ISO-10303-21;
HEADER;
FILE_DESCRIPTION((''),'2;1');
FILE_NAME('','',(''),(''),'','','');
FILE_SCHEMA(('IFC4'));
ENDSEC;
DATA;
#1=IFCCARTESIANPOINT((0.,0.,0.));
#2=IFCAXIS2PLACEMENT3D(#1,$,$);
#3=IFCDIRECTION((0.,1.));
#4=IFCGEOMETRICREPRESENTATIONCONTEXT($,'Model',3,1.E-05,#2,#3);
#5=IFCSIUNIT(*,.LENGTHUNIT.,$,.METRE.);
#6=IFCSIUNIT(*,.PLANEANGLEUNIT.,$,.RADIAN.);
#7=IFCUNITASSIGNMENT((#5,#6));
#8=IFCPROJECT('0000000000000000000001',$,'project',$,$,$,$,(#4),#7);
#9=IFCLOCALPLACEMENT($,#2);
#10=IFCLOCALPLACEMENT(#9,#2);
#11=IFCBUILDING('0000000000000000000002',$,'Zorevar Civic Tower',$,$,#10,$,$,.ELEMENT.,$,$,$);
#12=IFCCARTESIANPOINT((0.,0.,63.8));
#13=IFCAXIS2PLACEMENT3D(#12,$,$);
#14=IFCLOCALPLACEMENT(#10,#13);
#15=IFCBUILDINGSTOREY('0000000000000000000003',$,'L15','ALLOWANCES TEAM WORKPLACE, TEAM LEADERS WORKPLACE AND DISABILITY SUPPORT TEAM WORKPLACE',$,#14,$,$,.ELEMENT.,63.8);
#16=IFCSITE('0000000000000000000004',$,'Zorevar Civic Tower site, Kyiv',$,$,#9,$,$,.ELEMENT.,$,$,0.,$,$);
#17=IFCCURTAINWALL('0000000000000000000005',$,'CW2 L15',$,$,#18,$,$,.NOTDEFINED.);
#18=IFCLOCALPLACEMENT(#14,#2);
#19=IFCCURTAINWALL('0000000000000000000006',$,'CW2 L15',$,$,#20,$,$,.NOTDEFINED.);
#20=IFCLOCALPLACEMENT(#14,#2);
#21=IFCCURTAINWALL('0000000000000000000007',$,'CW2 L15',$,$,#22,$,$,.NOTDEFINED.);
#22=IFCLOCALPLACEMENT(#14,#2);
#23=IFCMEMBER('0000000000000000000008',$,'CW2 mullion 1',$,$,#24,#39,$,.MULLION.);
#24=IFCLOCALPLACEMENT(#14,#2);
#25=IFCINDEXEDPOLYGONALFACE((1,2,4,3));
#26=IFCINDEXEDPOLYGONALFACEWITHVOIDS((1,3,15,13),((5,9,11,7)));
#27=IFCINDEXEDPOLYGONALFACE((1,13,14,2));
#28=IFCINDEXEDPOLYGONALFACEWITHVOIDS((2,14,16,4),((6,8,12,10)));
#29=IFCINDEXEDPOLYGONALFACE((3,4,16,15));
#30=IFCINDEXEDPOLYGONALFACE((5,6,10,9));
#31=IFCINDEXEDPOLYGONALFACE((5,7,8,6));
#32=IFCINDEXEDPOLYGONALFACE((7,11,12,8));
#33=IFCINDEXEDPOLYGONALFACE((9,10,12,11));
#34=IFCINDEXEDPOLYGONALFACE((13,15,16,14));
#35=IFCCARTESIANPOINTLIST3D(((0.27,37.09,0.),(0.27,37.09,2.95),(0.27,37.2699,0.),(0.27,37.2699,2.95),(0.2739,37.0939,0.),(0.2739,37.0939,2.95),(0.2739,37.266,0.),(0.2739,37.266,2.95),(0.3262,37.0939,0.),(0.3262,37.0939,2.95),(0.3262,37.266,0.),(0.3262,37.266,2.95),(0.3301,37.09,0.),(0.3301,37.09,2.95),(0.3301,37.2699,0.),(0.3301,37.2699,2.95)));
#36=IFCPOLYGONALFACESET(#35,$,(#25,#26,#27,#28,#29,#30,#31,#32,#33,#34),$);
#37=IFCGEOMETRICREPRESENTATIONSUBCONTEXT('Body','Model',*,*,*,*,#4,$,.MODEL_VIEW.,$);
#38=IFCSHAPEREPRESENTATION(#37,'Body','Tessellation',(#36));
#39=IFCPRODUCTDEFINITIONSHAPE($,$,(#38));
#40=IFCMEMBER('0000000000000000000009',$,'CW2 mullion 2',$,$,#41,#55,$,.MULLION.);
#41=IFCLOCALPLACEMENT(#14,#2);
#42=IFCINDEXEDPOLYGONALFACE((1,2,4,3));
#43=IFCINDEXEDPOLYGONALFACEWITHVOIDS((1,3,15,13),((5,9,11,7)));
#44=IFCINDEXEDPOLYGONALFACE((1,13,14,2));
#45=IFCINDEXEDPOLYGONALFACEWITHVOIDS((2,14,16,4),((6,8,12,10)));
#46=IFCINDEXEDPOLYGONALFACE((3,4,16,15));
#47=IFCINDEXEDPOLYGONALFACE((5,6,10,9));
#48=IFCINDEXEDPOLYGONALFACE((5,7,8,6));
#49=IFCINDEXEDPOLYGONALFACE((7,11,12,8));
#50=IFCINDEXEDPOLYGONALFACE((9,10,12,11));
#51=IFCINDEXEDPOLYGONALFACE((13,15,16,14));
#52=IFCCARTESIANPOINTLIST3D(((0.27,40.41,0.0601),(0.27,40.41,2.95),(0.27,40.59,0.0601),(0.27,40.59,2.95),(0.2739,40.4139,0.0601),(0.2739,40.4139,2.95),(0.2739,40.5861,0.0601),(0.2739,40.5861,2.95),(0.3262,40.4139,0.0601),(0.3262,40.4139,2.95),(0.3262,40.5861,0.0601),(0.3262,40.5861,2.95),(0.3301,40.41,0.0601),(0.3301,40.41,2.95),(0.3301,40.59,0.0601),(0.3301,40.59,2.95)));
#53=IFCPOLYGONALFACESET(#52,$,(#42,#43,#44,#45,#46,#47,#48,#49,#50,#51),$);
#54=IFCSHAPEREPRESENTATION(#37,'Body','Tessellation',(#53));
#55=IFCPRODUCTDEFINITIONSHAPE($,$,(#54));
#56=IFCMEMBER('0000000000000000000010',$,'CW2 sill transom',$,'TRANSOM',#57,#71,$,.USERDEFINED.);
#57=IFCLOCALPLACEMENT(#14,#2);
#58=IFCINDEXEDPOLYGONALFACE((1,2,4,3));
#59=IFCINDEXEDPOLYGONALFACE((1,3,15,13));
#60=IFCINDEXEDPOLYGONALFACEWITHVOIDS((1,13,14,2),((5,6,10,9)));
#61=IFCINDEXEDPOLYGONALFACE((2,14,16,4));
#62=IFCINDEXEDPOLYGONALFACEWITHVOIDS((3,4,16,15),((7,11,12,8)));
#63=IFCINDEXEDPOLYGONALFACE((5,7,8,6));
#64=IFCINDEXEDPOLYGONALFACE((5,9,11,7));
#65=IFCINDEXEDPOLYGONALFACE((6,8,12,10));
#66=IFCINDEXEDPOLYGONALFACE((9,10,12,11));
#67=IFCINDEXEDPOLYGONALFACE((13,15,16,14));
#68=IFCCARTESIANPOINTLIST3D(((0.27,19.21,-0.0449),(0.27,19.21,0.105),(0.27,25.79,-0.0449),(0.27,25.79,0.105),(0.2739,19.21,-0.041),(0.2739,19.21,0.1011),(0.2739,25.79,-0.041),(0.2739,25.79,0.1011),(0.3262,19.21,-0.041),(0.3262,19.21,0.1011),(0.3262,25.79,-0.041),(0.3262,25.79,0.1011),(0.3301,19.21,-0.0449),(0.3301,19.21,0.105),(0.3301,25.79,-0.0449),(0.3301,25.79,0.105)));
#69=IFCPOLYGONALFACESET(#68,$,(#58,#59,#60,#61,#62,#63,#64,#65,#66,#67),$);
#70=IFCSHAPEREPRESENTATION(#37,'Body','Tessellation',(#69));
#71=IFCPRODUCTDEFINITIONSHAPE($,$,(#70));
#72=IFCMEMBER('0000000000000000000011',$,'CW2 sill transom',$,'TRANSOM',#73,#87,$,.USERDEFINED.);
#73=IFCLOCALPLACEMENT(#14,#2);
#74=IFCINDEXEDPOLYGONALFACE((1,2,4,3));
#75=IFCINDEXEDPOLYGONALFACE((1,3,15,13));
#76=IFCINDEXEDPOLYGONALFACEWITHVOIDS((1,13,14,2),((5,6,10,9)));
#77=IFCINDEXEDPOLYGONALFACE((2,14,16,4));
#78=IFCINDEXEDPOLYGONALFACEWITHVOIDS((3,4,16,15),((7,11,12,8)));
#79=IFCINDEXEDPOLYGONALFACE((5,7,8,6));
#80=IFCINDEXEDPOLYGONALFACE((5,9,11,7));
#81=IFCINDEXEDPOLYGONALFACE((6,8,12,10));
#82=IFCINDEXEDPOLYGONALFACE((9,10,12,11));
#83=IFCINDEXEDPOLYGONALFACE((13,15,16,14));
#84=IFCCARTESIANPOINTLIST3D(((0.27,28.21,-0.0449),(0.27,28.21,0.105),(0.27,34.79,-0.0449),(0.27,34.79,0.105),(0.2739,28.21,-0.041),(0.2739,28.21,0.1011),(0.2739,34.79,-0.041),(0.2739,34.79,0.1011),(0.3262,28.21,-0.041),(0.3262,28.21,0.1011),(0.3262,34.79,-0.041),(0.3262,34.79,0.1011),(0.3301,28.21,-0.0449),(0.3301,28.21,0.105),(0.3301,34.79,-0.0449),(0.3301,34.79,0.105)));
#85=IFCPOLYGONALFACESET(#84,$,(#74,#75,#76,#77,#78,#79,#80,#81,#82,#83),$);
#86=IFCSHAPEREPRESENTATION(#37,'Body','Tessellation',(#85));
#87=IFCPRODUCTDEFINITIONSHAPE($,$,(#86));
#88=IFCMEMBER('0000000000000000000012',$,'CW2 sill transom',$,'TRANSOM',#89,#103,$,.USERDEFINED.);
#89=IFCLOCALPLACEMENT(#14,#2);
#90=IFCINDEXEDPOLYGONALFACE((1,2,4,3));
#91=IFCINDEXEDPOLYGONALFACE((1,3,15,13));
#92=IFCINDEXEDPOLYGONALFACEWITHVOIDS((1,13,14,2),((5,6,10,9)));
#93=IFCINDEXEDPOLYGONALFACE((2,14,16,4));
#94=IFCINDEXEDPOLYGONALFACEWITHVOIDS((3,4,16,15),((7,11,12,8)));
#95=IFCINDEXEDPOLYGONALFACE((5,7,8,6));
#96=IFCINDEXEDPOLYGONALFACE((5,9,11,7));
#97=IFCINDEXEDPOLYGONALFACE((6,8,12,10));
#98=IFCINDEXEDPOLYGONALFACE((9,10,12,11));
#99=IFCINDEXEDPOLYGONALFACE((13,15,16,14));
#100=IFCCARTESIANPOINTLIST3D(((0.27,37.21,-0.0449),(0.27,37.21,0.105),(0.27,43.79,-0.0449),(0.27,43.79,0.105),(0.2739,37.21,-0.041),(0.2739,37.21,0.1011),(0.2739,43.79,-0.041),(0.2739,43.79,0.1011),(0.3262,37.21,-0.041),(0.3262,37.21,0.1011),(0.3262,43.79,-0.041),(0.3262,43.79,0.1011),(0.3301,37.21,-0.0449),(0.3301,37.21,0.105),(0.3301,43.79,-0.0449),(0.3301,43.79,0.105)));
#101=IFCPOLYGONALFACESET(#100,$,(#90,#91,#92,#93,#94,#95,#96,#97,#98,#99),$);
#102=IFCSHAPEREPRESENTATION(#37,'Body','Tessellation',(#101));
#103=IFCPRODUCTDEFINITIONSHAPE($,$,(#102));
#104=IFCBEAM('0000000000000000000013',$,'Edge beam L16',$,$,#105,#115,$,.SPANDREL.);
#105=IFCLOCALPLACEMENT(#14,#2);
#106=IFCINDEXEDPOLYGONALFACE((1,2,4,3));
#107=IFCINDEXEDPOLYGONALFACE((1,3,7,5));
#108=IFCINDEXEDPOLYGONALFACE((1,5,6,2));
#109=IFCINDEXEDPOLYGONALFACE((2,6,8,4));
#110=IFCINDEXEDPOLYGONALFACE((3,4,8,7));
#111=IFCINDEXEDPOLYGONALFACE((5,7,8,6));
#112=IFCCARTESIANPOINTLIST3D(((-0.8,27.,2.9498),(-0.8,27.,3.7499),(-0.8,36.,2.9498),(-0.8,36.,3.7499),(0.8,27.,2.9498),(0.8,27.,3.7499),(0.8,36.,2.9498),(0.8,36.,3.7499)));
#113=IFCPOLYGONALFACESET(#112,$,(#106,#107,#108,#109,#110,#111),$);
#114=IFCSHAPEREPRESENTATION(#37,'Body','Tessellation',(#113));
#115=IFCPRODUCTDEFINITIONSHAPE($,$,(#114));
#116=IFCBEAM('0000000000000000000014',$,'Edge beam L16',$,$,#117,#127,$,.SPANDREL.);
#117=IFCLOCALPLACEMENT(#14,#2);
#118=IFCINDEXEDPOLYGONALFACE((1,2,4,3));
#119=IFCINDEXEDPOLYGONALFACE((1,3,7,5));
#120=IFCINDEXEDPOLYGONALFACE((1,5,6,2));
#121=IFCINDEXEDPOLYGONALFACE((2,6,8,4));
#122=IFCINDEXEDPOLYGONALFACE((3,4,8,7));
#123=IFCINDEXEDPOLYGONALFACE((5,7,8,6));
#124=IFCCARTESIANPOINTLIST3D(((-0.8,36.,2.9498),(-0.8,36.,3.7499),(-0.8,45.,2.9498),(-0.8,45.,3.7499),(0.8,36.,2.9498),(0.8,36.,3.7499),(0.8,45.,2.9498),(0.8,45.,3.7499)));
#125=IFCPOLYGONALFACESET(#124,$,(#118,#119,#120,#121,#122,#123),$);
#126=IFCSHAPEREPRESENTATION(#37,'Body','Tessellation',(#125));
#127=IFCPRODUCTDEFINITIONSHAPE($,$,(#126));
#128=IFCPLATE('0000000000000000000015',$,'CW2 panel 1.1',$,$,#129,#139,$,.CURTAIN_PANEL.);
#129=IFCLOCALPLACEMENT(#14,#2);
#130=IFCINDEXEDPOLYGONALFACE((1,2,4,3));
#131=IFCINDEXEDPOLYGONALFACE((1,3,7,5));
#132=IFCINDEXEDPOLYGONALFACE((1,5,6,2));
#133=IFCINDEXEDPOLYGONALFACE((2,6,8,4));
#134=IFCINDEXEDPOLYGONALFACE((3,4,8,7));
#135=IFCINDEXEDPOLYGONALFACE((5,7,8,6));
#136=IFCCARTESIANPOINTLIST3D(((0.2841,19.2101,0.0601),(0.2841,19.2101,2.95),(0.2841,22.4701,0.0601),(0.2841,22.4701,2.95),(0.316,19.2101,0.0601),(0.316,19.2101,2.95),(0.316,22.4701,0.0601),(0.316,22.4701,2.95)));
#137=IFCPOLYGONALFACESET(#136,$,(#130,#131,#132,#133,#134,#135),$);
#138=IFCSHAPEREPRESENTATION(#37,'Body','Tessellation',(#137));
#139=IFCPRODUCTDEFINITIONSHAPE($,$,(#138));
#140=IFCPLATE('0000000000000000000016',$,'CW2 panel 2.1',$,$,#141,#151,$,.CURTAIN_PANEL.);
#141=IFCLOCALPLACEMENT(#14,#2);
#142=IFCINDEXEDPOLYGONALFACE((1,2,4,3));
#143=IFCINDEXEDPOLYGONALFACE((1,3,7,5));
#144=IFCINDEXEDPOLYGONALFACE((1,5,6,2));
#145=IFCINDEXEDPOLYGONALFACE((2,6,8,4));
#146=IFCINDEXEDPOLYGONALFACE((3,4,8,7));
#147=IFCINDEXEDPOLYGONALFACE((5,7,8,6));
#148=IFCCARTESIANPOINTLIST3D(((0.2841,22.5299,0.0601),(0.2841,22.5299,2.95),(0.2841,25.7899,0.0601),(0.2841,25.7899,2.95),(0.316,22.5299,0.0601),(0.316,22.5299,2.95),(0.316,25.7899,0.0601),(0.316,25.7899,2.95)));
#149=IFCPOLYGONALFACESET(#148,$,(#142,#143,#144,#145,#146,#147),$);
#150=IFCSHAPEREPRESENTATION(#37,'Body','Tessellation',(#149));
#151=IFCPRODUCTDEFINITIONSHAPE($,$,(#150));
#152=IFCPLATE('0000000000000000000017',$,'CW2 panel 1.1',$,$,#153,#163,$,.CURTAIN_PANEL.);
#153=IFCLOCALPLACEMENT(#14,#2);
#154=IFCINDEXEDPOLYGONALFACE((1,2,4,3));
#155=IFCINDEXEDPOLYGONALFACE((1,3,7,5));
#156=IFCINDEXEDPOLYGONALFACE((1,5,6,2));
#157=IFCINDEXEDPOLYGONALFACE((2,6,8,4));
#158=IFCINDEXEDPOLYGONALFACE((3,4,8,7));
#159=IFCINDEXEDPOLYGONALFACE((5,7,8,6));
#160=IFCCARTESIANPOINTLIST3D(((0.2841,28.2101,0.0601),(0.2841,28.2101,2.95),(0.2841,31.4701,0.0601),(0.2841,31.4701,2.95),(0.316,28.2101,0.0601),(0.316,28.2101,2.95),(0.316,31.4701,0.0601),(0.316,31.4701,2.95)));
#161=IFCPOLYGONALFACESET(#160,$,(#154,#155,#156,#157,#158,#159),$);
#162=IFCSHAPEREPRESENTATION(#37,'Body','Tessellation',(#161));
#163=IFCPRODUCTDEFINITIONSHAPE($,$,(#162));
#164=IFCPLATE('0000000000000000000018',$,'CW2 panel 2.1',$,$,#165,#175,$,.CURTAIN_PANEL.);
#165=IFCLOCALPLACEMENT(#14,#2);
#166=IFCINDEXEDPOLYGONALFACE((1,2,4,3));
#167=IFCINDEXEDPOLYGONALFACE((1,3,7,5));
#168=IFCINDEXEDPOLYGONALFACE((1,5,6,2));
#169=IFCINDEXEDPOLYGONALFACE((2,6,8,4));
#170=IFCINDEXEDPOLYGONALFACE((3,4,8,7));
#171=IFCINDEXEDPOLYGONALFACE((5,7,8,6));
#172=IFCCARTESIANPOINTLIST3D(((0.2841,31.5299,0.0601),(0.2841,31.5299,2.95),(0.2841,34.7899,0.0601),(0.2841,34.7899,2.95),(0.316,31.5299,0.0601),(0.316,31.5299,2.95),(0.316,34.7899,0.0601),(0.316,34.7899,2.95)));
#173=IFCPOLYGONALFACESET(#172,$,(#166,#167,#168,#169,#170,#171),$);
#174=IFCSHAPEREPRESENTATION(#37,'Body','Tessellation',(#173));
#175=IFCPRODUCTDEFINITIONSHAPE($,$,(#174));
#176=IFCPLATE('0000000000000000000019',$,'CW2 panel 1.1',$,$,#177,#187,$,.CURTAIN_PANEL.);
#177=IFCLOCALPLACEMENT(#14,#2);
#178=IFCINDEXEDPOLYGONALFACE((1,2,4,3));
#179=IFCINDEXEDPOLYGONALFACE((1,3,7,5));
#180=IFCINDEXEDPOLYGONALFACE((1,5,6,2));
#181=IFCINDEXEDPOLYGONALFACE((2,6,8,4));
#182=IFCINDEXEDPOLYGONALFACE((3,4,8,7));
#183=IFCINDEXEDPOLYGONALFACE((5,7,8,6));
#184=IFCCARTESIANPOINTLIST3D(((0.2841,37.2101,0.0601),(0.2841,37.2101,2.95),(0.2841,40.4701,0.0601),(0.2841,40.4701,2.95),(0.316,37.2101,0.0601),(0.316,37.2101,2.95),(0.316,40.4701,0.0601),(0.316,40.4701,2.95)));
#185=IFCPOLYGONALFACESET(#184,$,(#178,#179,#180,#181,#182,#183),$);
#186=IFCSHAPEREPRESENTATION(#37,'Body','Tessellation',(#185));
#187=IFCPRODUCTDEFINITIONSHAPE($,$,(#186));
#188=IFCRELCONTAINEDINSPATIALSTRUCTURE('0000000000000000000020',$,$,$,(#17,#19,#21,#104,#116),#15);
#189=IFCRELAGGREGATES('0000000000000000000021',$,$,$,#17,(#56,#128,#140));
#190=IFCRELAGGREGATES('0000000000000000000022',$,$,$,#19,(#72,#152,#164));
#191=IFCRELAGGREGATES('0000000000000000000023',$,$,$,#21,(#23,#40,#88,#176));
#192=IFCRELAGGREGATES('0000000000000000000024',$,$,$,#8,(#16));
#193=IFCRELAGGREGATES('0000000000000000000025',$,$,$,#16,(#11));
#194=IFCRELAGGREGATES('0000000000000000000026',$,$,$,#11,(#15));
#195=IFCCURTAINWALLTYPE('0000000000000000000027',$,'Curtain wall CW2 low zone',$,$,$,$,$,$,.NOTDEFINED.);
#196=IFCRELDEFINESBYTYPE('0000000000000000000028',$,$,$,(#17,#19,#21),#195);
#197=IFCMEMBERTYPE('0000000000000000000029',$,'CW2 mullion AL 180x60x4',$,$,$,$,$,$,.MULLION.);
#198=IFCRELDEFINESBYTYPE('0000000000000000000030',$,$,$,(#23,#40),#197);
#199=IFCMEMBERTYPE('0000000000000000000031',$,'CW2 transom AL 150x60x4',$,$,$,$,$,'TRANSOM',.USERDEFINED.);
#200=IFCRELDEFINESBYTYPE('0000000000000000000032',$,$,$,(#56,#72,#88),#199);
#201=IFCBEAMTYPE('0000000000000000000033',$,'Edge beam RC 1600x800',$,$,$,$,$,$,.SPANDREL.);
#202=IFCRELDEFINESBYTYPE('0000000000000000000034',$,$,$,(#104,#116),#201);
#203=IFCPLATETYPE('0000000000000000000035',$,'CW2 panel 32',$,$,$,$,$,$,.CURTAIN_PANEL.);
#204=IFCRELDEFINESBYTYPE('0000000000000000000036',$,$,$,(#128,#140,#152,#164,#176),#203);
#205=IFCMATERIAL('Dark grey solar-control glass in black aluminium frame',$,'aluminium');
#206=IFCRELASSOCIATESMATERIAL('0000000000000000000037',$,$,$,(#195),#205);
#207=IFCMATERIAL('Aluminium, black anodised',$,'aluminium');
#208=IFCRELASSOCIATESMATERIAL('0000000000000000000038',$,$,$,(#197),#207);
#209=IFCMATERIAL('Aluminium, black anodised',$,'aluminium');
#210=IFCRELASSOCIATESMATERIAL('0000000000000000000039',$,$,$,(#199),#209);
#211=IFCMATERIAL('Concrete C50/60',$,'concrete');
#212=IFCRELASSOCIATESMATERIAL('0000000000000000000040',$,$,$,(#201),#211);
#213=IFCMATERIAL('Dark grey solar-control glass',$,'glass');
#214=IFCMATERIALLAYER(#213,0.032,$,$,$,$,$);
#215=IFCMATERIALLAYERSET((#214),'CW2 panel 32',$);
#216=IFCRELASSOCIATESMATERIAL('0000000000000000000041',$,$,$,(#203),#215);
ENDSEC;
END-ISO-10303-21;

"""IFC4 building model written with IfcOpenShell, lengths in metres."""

from ifc_helpers import new_model, si_unit, direction, frame, origin, origin_2d, place, context, subcontext, project, spatial, rectangle, hollow_rectangle, extrude, material, layer, layer_set, material_profile, profile_set, type_object, element, aggregate, save


model = new_model("IFC4")

# Units and contexts
model_context = context("Model", 3, precision=1e-05, world=origin(), true_north=direction((0.0, 1.0)))
body_context = subcontext(model_context, "Body", "Model", "MODEL_VIEW")
ifc_project = project(units=[si_unit("LENGTHUNIT", "METRE"), si_unit("PLANEANGLEUNIT", "RADIAN")], contexts=[model_context])

# Site, building, storey
site_placement = place(None, origin())
site = spatial("IfcSite", under=ifc_project, at=site_placement, Name="Zorevar Civic Tower site, Kyiv", CompositionType="ELEMENT", RefElevation=0.0)
building_placement = place(site_placement, origin())
building = spatial("IfcBuilding", under=site, at=building_placement, Name="Zorevar Civic Tower", CompositionType="ELEMENT")
storey_placement = place(building_placement, frame((0.0, 0.0, 63.8)))
storey = spatial("IfcBuildingStorey", under=building, at=storey_placement, Name="L15", Description="ALLOWANCES TEAM WORKPLACE, TEAM LEADERS WORKPLACE AND DISABILITY SUPPORT TEAM WORKPLACE", CompositionType="ELEMENT", Elevation=63.8)

# Curtain walls, members
ifc_material_1 = material(Name="Dark grey solar-control glass in black aluminium frame", Category="aluminium")
curtain_wall_type = type_object("IfcCurtainWallType", Name="Curtain wall CW2 low zone", PredefinedType="NOTDEFINED", material=ifc_material_1)
curtain_wall_1_placement = place(storey_placement, origin())
curtain_wall_1 = element("IfcCurtainWall", 1, at=curtain_wall_1_placement, inside=storey, type_object=curtain_wall_type, Name="CW2 L15", PredefinedType="NOTDEFINED")
ifc_material_2 = material(Name="Aluminium, black anodised", Category="aluminium")
ifc_material_profile_1 = material_profile(ifc_material_2, hollow_rectangle(XDim=0.0601, YDim=0.1799, WallThickness=0.0039, at=origin_2d()), Name="AL 180x60x4")
ifc_profile_set_1 = profile_set([ifc_material_profile_1], Name="Aluminium, black anodised")
member_type_1 = type_object("IfcMemberType", Name="CW2 mullion AL 180x60x4", PredefinedType="MULLION", material=ifc_profile_set_1)
curtain_wall_2_placement = place(storey_placement, origin())
curtain_wall_2 = element("IfcCurtainWall", 2, at=curtain_wall_2_placement, inside=storey, type_object=curtain_wall_type, Name="CW2 L15", PredefinedType="NOTDEFINED")
curtain_wall_3_placement = place(storey_placement, origin())
curtain_wall_3 = element("IfcCurtainWall", 3, at=curtain_wall_3_placement, inside=storey, type_object=curtain_wall_type, Name="CW2 L15", PredefinedType="NOTDEFINED")
member_1_placement = place(storey_placement, frame((0.3, 37.1799, 0.0), z_axis=(0.0, 0.0, 1.0), x_axis=(-1.0, 0.0, 0.0)))
member_1 = element("IfcMember", 4, at=member_1_placement, type_object=member_type_1, Name="CW2 mullion 1", PredefinedType="MULLION", context=body_context, shape_type="SweptSolid", body=[
    extrude(hollow_rectangle(XDim=0.0601, YDim=0.1799, WallThickness=0.0039, at=origin_2d()), origin(), (0.0, 0.0, 1.0), 2.95),
])
member_2_placement = place(storey_placement, frame((0.3, 40.5, 0.0601), z_axis=(0.0, 0.0, 1.0), x_axis=(-1.0, 0.0, 0.0)))
member_2 = element("IfcMember", 5, at=member_2_placement, type_object=member_type_1, Name="CW2 mullion 2", PredefinedType="MULLION", context=body_context, shape_type="SweptSolid", body=[
    extrude(hollow_rectangle(XDim=0.0601, YDim=0.1799, WallThickness=0.0039, at=origin_2d()), origin(), (0.0, 0.0, 1.0), 2.8899),
])

# Members
ifc_material_3 = material(Name="Aluminium, black anodised", Category="aluminium")
ifc_material_profile_2 = material_profile(ifc_material_3, hollow_rectangle(XDim=0.0601, YDim=0.1499, WallThickness=0.0039, at=origin_2d()), Name="AL 150x60x4")
ifc_profile_set_2 = profile_set([ifc_material_profile_2], Name="Aluminium, black anodised")
member_type_2 = type_object("IfcMemberType", Name="CW2 transom AL 150x60x4", ElementType="TRANSOM", PredefinedType="USERDEFINED", material=ifc_profile_set_2)
member_3_placement = place(storey_placement, frame((0.3, 19.21, 0.03), z_axis=(0.0, 1.0, 0.0), x_axis=(-1.0, 0.0, 0.0)))
member_3 = element("IfcMember", 6, at=member_3_placement, type_object=member_type_2, Name="CW2 sill transom", ObjectType="TRANSOM", PredefinedType="USERDEFINED", context=body_context, shape_type="SweptSolid", body=[
    extrude(hollow_rectangle(XDim=0.0601, YDim=0.1499, WallThickness=0.0039, at=origin_2d()), origin(), (0.0, 0.0, 1.0), 6.5801),
])
member_4_placement = place(storey_placement, frame((0.3, 28.21, 0.03), z_axis=(0.0, 1.0, 0.0), x_axis=(-1.0, 0.0, 0.0)))
member_4 = element("IfcMember", 7, at=member_4_placement, type_object=member_type_2, Name="CW2 sill transom", ObjectType="TRANSOM", PredefinedType="USERDEFINED", context=body_context, shape_type="SweptSolid", body=[
    extrude(hollow_rectangle(XDim=0.0601, YDim=0.1499, WallThickness=0.0039, at=origin_2d()), origin(), (0.0, 0.0, 1.0), 6.5801),
])
member_5_placement = place(storey_placement, frame((0.3, 37.21, 0.03), z_axis=(0.0, 1.0, 0.0), x_axis=(-1.0, 0.0, 0.0)))
member_5 = element("IfcMember", 8, at=member_5_placement, type_object=member_type_2, Name="CW2 sill transom", ObjectType="TRANSOM", PredefinedType="USERDEFINED", context=body_context, shape_type="SweptSolid", body=[
    extrude(hollow_rectangle(XDim=0.0601, YDim=0.1499, WallThickness=0.0039, at=origin_2d()), origin(), (0.0, 0.0, 1.0), 6.5801),
])

# Beams
ifc_material_4 = material(Name="Concrete C50/60", Category="concrete")
ifc_material_profile_3 = material_profile(ifc_material_4, rectangle(XDim=1.6001, YDim=0.8, at=origin_2d()), Name="RC 1600x800")
ifc_profile_set_3 = profile_set([ifc_material_profile_3], Name="Concrete C50/60")
beam_type_1 = type_object("IfcBeamType", Name="Edge beam RC 1600x800", PredefinedType="SPANDREL", material=ifc_profile_set_3)
for number, where, z_axis, x_axis, name in (
    (9, (0.0, 27.0, 3.3499), (0.0, 1.0, 0.0), (-1.0, 0.0, 0.0), "Edge beam L16"),
    (10, (0.0, 36.0, 3.3499), (0.0, 1.0, 0.0), (-1.0, 0.0, 0.0), "Edge beam L16"),
):
    element("IfcBeam", number, at=place(storey_placement, frame(where, z_axis=z_axis, x_axis=x_axis)), inside=storey, type_object=beam_type_1, Name=name, PredefinedType="SPANDREL", context=body_context, shape_type="SweptSolid", body=[
        extrude(rectangle(XDim=1.6001, YDim=0.8, at=origin_2d()), origin(), (0.0, 0.0, 1.0), 9.0),
    ])

# Plates
ifc_material_5 = material(Name="Dark grey solar-control glass", Category="glass")
ifc_layer_1 = layer(ifc_material_5, 0.032)
ifc_layer_set_1 = layer_set([ifc_layer_1], Name="CW2 panel 32")
plate_type = type_object("IfcPlateType", Name="CW2 panel 32", PredefinedType="CURTAIN_PANEL", material=ifc_layer_set_1)
plate_1_placement = place(storey_placement, frame((0.3, 20.8401, 0.0601), z_axis=(0.0, 0.0, 1.0), x_axis=(0.0, 1.0, 0.0)))
plate_1 = element("IfcPlate", 11, at=plate_1_placement, type_object=plate_type, Name="CW2 panel 1.1", PredefinedType="CURTAIN_PANEL", context=body_context, shape_type="SweptSolid", body=[
    extrude(rectangle(XDim=3.26, YDim=0.032, at=origin_2d()), origin(), (0.0, 0.0, 1.0), 2.8899),
])
plate_2_placement = place(storey_placement, frame((0.3, 24.1599, 0.0601), z_axis=(0.0, 0.0, 1.0), x_axis=(0.0, 1.0, 0.0)))
plate_2 = element("IfcPlate", 12, at=plate_2_placement, type_object=plate_type, Name="CW2 panel 2.1", PredefinedType="CURTAIN_PANEL", context=body_context, shape_type="SweptSolid", body=[
    extrude(rectangle(XDim=3.26, YDim=0.032, at=origin_2d()), origin(), (0.0, 0.0, 1.0), 2.8899),
])
aggregate(curtain_wall_1, [member_3, plate_1, plate_2])
plate_3_placement = place(storey_placement, frame((0.3, 29.8401, 0.0601), z_axis=(0.0, 0.0, 1.0), x_axis=(0.0, 1.0, 0.0)))
plate_3 = element("IfcPlate", 13, at=plate_3_placement, type_object=plate_type, Name="CW2 panel 1.1", PredefinedType="CURTAIN_PANEL", context=body_context, shape_type="SweptSolid", body=[
    extrude(rectangle(XDim=3.26, YDim=0.032, at=origin_2d()), origin(), (0.0, 0.0, 1.0), 2.8899),
])
plate_4_placement = place(storey_placement, frame((0.3, 33.1599, 0.0601), z_axis=(0.0, 0.0, 1.0), x_axis=(0.0, 1.0, 0.0)))
plate_4 = element("IfcPlate", 14, at=plate_4_placement, type_object=plate_type, Name="CW2 panel 2.1", PredefinedType="CURTAIN_PANEL", context=body_context, shape_type="SweptSolid", body=[
    extrude(rectangle(XDim=3.26, YDim=0.032, at=origin_2d()), origin(), (0.0, 0.0, 1.0), 2.8899),
])
aggregate(curtain_wall_2, [member_4, plate_3, plate_4])
plate_5_placement = place(storey_placement, frame((0.3, 38.8401, 0.0601), z_axis=(0.0, 0.0, 1.0), x_axis=(0.0, 1.0, 0.0)))
plate_5 = element("IfcPlate", 15, at=plate_5_placement, type_object=plate_type, Name="CW2 panel 1.1", PredefinedType="CURTAIN_PANEL", context=body_context, shape_type="SweptSolid", body=[
    extrude(rectangle(XDim=3.26, YDim=0.032, at=origin_2d()), origin(), (0.0, 0.0, 1.0), 2.8899),
])
aggregate(curtain_wall_3, [member_1, member_2, member_5, plate_5])

save(model, "model.ifc")
